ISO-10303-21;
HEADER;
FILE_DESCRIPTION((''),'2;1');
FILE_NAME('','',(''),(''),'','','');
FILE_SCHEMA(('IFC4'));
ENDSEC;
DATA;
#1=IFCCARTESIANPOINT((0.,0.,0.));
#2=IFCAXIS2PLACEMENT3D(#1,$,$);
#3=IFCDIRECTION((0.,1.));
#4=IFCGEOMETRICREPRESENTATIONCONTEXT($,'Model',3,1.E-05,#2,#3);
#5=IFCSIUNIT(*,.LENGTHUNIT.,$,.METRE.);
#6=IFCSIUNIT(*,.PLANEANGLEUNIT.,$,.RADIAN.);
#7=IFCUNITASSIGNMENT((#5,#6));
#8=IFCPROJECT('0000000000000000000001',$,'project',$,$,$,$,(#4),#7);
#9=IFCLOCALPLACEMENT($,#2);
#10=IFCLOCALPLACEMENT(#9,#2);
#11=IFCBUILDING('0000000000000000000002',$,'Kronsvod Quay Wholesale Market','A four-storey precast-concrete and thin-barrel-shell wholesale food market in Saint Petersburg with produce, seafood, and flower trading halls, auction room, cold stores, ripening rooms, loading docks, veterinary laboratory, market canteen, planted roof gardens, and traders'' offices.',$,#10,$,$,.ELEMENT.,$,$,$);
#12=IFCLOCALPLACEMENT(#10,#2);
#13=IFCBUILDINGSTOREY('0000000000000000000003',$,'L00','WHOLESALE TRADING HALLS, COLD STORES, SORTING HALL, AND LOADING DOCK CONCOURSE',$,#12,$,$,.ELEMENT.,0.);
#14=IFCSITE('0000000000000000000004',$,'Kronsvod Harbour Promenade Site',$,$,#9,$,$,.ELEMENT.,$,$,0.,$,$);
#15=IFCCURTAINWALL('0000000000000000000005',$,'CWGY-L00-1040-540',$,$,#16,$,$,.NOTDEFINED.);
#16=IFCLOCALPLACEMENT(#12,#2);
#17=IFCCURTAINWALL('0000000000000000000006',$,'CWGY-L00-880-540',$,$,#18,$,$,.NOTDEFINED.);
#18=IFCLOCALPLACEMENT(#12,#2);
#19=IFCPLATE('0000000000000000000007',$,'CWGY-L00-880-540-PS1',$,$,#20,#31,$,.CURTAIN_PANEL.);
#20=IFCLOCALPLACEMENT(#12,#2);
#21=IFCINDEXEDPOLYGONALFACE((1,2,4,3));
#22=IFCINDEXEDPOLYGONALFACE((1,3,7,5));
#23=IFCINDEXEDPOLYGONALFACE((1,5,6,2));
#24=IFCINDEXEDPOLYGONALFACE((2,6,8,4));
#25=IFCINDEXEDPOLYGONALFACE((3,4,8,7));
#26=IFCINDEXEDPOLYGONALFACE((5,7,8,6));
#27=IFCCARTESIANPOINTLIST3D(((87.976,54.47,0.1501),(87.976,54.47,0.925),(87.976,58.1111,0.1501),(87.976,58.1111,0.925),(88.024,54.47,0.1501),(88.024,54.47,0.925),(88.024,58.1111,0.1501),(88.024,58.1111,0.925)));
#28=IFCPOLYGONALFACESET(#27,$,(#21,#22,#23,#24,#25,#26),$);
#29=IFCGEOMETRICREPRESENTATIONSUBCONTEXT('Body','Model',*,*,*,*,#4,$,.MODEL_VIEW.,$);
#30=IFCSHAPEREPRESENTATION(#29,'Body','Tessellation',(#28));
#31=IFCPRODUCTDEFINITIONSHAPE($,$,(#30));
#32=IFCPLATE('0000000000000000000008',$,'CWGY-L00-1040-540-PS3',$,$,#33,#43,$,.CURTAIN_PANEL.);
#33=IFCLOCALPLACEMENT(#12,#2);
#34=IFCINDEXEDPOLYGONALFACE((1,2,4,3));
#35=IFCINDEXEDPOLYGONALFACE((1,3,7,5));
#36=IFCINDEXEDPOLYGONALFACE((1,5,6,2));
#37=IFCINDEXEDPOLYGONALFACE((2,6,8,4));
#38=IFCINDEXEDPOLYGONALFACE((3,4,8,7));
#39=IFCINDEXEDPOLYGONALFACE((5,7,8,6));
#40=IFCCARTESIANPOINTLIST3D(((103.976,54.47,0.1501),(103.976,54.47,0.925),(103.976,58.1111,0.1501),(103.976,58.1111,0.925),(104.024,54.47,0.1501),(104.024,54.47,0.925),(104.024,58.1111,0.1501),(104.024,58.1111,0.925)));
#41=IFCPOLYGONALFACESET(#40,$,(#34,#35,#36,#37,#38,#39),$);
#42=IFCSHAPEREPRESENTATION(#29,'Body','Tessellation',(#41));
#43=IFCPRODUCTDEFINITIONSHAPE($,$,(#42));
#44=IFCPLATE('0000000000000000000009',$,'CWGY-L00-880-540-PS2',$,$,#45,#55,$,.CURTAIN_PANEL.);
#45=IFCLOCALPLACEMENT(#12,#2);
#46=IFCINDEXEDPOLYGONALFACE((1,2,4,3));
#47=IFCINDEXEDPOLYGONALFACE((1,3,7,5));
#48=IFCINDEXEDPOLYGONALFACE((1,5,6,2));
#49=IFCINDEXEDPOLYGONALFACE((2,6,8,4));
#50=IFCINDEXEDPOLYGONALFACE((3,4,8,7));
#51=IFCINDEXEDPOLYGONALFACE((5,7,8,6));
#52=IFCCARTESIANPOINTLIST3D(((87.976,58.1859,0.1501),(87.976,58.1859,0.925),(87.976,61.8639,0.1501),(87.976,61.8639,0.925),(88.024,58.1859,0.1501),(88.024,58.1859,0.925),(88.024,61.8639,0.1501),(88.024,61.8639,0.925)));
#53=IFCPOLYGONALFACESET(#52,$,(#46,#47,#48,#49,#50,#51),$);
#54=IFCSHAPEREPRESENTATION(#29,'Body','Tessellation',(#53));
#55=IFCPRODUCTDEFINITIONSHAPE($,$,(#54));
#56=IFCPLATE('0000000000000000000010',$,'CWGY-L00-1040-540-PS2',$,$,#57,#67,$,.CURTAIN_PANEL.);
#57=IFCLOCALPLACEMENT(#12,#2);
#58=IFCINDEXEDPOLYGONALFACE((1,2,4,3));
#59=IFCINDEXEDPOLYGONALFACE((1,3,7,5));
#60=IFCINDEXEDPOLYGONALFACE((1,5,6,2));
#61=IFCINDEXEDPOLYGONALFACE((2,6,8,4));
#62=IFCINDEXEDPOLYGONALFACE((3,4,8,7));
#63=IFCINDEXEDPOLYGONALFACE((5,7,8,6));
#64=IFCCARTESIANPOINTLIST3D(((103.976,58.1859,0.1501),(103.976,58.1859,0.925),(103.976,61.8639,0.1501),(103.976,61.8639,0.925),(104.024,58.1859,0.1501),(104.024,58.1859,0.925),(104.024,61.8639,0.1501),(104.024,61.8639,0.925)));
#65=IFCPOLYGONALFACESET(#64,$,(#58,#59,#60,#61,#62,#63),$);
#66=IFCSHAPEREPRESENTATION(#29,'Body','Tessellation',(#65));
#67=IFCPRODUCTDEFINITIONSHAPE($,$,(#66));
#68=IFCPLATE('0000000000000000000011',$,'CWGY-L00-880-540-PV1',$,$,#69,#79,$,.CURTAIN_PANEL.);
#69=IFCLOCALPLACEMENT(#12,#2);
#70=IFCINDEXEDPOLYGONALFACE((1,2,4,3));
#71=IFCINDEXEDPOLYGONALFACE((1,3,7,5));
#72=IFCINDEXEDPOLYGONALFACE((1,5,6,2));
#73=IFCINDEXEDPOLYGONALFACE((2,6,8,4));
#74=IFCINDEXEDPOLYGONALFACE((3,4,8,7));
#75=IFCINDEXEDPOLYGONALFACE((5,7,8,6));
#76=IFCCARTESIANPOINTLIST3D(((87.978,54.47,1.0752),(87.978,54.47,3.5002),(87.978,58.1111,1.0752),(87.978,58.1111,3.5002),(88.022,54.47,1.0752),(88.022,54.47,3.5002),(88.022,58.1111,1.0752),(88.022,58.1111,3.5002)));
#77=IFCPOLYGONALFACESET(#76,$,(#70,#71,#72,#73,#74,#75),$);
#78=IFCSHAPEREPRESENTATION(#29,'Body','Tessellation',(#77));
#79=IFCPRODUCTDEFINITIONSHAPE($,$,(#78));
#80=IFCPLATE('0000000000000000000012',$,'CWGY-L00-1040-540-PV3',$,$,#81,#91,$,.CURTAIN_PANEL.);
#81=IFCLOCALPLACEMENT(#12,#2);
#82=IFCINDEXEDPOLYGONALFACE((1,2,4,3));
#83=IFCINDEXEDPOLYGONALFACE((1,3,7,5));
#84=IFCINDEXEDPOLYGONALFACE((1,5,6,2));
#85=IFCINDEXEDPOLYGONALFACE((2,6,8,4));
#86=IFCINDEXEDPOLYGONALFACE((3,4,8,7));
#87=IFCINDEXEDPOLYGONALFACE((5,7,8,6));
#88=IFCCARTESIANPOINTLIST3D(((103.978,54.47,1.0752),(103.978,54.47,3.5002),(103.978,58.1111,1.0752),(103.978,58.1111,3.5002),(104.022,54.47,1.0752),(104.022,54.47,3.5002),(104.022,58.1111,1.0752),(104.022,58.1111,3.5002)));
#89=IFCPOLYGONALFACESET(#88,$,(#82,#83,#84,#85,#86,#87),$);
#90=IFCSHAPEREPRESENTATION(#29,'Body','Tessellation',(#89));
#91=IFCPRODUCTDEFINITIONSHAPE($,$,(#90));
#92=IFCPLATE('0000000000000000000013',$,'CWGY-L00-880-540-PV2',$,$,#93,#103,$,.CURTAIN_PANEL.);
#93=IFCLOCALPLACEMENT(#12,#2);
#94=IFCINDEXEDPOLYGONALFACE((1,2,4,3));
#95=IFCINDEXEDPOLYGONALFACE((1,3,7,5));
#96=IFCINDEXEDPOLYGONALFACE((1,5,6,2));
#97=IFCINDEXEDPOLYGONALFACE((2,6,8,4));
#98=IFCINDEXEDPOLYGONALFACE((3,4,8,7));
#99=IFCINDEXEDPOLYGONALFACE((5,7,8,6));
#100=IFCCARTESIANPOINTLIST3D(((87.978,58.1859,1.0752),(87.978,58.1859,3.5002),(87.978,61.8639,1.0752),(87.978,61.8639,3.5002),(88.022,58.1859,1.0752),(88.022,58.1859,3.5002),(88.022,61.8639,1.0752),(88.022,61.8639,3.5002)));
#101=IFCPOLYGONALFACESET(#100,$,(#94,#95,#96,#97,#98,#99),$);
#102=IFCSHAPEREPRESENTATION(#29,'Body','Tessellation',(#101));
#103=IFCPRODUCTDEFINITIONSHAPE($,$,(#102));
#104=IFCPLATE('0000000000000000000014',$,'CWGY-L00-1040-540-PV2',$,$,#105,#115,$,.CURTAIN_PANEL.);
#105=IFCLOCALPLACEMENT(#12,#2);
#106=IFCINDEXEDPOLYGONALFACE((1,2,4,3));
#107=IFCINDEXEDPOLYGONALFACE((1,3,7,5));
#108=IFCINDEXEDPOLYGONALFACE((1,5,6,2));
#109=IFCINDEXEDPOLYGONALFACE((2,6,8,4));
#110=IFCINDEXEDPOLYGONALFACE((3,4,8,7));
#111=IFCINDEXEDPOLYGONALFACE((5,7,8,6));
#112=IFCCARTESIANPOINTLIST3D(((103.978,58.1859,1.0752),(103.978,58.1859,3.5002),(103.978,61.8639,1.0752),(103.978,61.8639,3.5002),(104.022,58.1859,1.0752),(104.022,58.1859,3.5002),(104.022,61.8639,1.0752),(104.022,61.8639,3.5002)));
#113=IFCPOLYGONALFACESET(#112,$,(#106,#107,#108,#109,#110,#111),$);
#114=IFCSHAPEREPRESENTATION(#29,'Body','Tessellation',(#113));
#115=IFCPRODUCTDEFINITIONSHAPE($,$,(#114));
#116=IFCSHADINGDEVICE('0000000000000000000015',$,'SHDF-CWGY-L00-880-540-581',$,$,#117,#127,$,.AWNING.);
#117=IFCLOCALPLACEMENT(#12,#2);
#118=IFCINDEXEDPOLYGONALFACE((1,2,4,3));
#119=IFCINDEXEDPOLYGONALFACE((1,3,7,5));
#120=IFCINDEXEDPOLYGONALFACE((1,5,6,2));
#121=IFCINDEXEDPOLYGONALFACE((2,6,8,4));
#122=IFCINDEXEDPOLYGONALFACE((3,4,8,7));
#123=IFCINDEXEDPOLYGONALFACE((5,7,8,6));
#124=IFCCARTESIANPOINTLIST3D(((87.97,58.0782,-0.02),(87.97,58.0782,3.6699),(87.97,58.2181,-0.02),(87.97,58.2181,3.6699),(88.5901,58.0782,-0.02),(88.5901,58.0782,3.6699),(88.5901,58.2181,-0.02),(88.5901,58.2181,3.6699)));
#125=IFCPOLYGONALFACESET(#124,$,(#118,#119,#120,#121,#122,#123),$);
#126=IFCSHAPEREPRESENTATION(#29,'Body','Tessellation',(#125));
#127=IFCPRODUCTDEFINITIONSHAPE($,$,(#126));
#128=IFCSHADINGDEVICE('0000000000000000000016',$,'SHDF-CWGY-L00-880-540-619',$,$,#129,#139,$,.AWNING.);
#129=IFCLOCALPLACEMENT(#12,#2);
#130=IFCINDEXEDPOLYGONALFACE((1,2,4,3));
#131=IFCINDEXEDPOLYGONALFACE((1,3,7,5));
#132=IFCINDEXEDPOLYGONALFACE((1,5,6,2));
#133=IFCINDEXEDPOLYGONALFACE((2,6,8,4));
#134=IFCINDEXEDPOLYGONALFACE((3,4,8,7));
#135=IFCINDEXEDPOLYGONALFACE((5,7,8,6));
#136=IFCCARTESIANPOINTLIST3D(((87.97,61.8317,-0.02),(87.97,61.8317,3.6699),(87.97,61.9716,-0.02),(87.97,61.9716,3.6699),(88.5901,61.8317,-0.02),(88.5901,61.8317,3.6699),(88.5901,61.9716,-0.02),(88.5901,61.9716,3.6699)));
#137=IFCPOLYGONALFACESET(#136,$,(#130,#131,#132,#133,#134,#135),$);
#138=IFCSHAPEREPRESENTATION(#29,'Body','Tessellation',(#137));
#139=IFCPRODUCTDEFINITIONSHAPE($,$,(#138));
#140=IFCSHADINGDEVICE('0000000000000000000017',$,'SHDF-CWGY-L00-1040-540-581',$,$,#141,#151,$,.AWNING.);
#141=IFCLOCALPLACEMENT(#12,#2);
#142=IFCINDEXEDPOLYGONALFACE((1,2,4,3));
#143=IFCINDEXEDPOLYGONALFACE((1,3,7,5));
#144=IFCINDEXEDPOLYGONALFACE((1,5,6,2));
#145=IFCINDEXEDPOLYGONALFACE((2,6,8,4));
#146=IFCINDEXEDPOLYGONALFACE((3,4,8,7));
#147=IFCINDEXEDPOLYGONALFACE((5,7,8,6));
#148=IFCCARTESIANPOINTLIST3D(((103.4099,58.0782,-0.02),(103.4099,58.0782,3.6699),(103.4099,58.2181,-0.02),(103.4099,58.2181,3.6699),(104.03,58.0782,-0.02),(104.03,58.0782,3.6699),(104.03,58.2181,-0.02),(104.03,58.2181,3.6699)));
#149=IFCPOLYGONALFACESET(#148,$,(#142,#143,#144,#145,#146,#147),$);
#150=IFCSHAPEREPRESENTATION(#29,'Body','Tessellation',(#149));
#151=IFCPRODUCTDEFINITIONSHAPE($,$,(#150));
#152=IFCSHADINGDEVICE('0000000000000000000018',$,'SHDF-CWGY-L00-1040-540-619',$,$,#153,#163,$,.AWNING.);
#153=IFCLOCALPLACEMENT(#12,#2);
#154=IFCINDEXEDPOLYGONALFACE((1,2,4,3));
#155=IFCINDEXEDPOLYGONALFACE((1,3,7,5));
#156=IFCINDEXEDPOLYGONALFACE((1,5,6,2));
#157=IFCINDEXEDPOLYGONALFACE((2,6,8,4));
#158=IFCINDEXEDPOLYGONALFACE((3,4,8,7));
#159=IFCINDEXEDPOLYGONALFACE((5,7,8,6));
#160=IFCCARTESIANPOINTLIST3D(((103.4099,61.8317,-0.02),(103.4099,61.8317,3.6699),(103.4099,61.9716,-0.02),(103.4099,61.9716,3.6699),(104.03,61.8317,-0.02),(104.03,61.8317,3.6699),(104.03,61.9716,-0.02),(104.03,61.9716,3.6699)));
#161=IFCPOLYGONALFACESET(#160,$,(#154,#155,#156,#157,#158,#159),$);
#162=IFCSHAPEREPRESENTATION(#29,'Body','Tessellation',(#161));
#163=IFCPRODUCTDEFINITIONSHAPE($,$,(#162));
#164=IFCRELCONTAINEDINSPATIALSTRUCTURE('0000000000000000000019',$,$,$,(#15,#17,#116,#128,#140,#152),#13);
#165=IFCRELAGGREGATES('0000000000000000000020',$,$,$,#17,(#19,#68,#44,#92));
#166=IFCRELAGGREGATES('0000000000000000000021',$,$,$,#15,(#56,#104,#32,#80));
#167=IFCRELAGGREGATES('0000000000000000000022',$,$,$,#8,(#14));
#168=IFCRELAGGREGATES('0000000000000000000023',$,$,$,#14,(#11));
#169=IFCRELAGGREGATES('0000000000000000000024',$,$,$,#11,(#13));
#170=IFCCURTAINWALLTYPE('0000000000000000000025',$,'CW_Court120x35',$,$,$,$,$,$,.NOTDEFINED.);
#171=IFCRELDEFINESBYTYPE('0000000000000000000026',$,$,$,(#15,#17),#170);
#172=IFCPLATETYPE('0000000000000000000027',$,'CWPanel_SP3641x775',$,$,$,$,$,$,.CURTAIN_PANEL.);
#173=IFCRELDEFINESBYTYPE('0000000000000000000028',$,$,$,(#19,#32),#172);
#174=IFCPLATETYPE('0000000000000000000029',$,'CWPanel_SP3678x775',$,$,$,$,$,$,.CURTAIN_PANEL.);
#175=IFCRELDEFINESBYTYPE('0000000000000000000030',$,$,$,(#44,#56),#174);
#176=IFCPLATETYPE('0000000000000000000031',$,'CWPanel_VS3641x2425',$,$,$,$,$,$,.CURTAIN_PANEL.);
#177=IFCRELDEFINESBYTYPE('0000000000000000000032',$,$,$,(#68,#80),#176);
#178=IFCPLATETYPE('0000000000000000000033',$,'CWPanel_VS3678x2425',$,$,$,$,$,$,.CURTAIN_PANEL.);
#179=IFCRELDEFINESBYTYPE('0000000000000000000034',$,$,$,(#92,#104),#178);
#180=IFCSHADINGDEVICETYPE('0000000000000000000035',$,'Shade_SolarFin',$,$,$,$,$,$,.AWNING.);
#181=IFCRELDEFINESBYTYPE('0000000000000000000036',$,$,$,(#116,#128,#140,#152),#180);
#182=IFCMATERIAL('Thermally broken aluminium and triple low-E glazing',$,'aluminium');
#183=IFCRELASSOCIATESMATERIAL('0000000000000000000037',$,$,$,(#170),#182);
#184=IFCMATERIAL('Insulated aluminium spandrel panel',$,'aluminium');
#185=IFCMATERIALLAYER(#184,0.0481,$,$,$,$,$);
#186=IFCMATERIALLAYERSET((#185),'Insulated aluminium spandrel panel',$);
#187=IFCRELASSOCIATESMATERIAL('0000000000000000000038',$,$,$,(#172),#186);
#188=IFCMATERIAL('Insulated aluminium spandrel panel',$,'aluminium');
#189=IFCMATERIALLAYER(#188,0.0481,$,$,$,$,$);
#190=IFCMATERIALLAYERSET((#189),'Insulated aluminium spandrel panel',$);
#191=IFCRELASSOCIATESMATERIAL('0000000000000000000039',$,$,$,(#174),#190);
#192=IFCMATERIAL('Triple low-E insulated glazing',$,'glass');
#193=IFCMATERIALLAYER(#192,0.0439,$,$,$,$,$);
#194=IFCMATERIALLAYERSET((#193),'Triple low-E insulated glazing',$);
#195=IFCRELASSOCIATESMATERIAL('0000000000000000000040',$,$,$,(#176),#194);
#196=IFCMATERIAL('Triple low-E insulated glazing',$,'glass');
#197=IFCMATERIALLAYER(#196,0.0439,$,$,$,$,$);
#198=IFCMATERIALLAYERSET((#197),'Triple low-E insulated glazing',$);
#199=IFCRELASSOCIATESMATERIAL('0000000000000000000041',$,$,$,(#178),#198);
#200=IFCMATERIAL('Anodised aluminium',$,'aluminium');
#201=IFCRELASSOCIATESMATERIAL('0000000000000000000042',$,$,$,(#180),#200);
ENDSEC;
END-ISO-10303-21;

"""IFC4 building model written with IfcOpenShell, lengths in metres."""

from ifc_helpers import new_model, si_unit, direction, frame, origin, origin_2d, place, context, subcontext, project, spatial, rectangle, extrude, material, layer, layer_set, type_object, element, aggregate, save


model = new_model("IFC4")

# Units and contexts
model_context = context("Model", 3, precision=1e-05, world=origin(), true_north=direction((0.0, 1.0)))
body_context = subcontext(model_context, "Body", "Model", "MODEL_VIEW")
ifc_project = project(units=[si_unit("LENGTHUNIT", "METRE"), si_unit("PLANEANGLEUNIT", "RADIAN")], contexts=[model_context])

# Site, building, storey
site_placement = place(None, origin())
site = spatial("IfcSite", under=ifc_project, at=site_placement, Name="Kronsvod Harbour Promenade Site", CompositionType="ELEMENT", RefElevation=0.0)
building_placement = place(site_placement, origin())
building = spatial("IfcBuilding", under=site, at=building_placement, Name="Kronsvod Quay Wholesale Market", Description="A four-storey precast-concrete and thin-barrel-shell wholesale food market in Saint Petersburg with produce, seafood, and flower trading halls, auction room, cold stores, ripening rooms, loading docks, veterinary laboratory, market canteen, planted roof gardens, and traders' offices.", CompositionType="ELEMENT")
storey_placement = place(building_placement, origin())
storey = spatial("IfcBuildingStorey", under=building, at=storey_placement, Name="L00", Description="WHOLESALE TRADING HALLS, COLD STORES, SORTING HALL, AND LOADING DOCK CONCOURSE", CompositionType="ELEMENT", Elevation=0.0)

# Curtain walls
ifc_material_1 = material(Name="Thermally broken aluminium and triple low-E glazing", Category="aluminium")
curtain_wall_type = type_object("IfcCurtainWallType", Name="CW_Court120x35", PredefinedType="NOTDEFINED", material=ifc_material_1)
curtain_wall_1_placement = place(storey_placement, origin())
curtain_wall_1 = element("IfcCurtainWall", 1, at=curtain_wall_1_placement, inside=storey, type_object=curtain_wall_type, Name="CWGY-L00-1040-540", PredefinedType="NOTDEFINED")
curtain_wall_2_placement = place(storey_placement, origin())
curtain_wall_2 = element("IfcCurtainWall", 2, at=curtain_wall_2_placement, inside=storey, type_object=curtain_wall_type, Name="CWGY-L00-880-540", PredefinedType="NOTDEFINED")

# Plates
ifc_material_2 = material(Name="Insulated aluminium spandrel panel", Category="aluminium")
ifc_layer_1 = layer(ifc_material_2, 0.0481)
ifc_layer_set_1 = layer_set([ifc_layer_1], Name="Insulated aluminium spandrel panel")
plate_type_1 = type_object("IfcPlateType", Name="CWPanel_SP3641x775", PredefinedType="CURTAIN_PANEL", material=ifc_layer_set_1)
plate_1_placement = place(storey_placement, frame((88.0, 56.2905, 0.1501), z_axis=(0.0, 0.0, 1.0), x_axis=(0.0, 1.0, 0.0)))
plate_1 = element("IfcPlate", 3, at=plate_1_placement, type_object=plate_type_1, Name="CWGY-L00-880-540-PS1", PredefinedType="CURTAIN_PANEL", context=body_context, shape_type="SweptSolid", body=[
    extrude(rectangle(XDim=3.6411, YDim=0.0481, at=origin_2d()), origin(), (0.0, 0.0, 1.0), 0.7749),
])
plate_2_placement = place(storey_placement, frame((104.0, 56.2905, 0.1501), z_axis=(0.0, 0.0, 1.0), x_axis=(0.0, -1.0, 0.0)))
plate_2 = element("IfcPlate", 4, at=plate_2_placement, type_object=plate_type_1, Name="CWGY-L00-1040-540-PS3", PredefinedType="CURTAIN_PANEL", context=body_context, shape_type="SweptSolid", body=[
    extrude(rectangle(XDim=3.6411, YDim=0.0481, at=origin_2d()), origin(), (0.0, 0.0, 1.0), 0.7749),
])
ifc_material_3 = material(Name="Insulated aluminium spandrel panel", Category="aluminium")
ifc_layer_2 = layer(ifc_material_3, 0.0481)
ifc_layer_set_2 = layer_set([ifc_layer_2], Name="Insulated aluminium spandrel panel")
plate_type_2 = type_object("IfcPlateType", Name="CWPanel_SP3678x775", PredefinedType="CURTAIN_PANEL", material=ifc_layer_set_2)
plate_3_placement = place(storey_placement, frame((88.0, 60.0249, 0.1501), z_axis=(0.0, 0.0, 1.0), x_axis=(0.0, 1.0, 0.0)))
plate_3 = element("IfcPlate", 5, at=plate_3_placement, type_object=plate_type_2, Name="CWGY-L00-880-540-PS2", PredefinedType="CURTAIN_PANEL", context=body_context, shape_type="SweptSolid", body=[
    extrude(rectangle(XDim=3.678, YDim=0.0481, at=origin_2d()), origin(), (0.0, 0.0, 1.0), 0.7749),
])
plate_4_placement = place(storey_placement, frame((104.0, 60.0249, 0.1501), z_axis=(0.0, 0.0, 1.0), x_axis=(0.0, -1.0, 0.0)))
plate_4 = element("IfcPlate", 6, at=plate_4_placement, type_object=plate_type_2, Name="CWGY-L00-1040-540-PS2", PredefinedType="CURTAIN_PANEL", context=body_context, shape_type="SweptSolid", body=[
    extrude(rectangle(XDim=3.678, YDim=0.0481, at=origin_2d()), origin(), (0.0, 0.0, 1.0), 0.7749),
])
ifc_material_4 = material(Name="Triple low-E insulated glazing", Category="glass")
ifc_layer_3 = layer(ifc_material_4, 0.0439)
ifc_layer_set_3 = layer_set([ifc_layer_3], Name="Triple low-E insulated glazing")
plate_type_3 = type_object("IfcPlateType", Name="CWPanel_VS3641x2425", PredefinedType="CURTAIN_PANEL", material=ifc_layer_set_3)
plate_5_placement = place(storey_placement, frame((88.0, 56.2905, 1.0752), z_axis=(0.0, 0.0, 1.0), x_axis=(0.0, 1.0, 0.0)))
plate_5 = element("IfcPlate", 7, at=plate_5_placement, type_object=plate_type_3, Name="CWGY-L00-880-540-PV1", PredefinedType="CURTAIN_PANEL", context=body_context, shape_type="SweptSolid", body=[
    extrude(rectangle(XDim=3.6411, YDim=0.0439, at=origin_2d()), origin(), (0.0, 0.0, 1.0), 2.425),
])
plate_6_placement = place(storey_placement, frame((104.0, 56.2905, 1.0752), z_axis=(0.0, 0.0, 1.0), x_axis=(0.0, -1.0, 0.0)))
plate_6 = element("IfcPlate", 8, at=plate_6_placement, type_object=plate_type_3, Name="CWGY-L00-1040-540-PV3", PredefinedType="CURTAIN_PANEL", context=body_context, shape_type="SweptSolid", body=[
    extrude(rectangle(XDim=3.6411, YDim=0.0439, at=origin_2d()), origin(), (0.0, 0.0, 1.0), 2.425),
])
ifc_material_5 = material(Name="Triple low-E insulated glazing", Category="glass")
ifc_layer_4 = layer(ifc_material_5, 0.0439)
ifc_layer_set_4 = layer_set([ifc_layer_4], Name="Triple low-E insulated glazing")
plate_type_4 = type_object("IfcPlateType", Name="CWPanel_VS3678x2425", PredefinedType="CURTAIN_PANEL", material=ifc_layer_set_4)
plate_7_placement = place(storey_placement, frame((88.0, 60.0249, 1.0752), z_axis=(0.0, 0.0, 1.0), x_axis=(0.0, 1.0, 0.0)))
plate_7 = element("IfcPlate", 9, at=plate_7_placement, type_object=plate_type_4, Name="CWGY-L00-880-540-PV2", PredefinedType="CURTAIN_PANEL", context=body_context, shape_type="SweptSolid", body=[
    extrude(rectangle(XDim=3.678, YDim=0.0439, at=origin_2d()), origin(), (0.0, 0.0, 1.0), 2.425),
])
aggregate(curtain_wall_2, [plate_1, plate_5, plate_3, plate_7])
plate_8_placement = place(storey_placement, frame((104.0, 60.0249, 1.0752), z_axis=(0.0, 0.0, 1.0), x_axis=(0.0, -1.0, 0.0)))
plate_8 = element("IfcPlate", 10, at=plate_8_placement, type_object=plate_type_4, Name="CWGY-L00-1040-540-PV2", PredefinedType="CURTAIN_PANEL", context=body_context, shape_type="SweptSolid", body=[
    extrude(rectangle(XDim=3.678, YDim=0.0439, at=origin_2d()), origin(), (0.0, 0.0, 1.0), 2.425),
])
aggregate(curtain_wall_1, [plate_4, plate_8, plate_2, plate_6])

# Shading devices
ifc_material_6 = material(Name="Anodised aluminium", Category="aluminium")
shading_device_type = type_object("IfcShadingDeviceType", Name="Shade_SolarFin", PredefinedType="AWNING", material=ifc_material_6)
for number, where, z_axis, x_axis, name in (
    (11, (88.28, 58.1482, -0.02), (0.0, 0.0, 1.0), (1.0, 0.0, 0.0), "SHDF-CWGY-L00-880-540-581"),
    (12, (88.28, 61.9016, -0.02), (0.0, 0.0, 1.0), (1.0, 0.0, 0.0), "SHDF-CWGY-L00-880-540-619"),
    (13, (103.72, 58.1482, -0.02), (0.0, 0.0, 1.0), (1.0, 0.0, 0.0), "SHDF-CWGY-L00-1040-540-581"),
    (14, (103.72, 61.9016, -0.02), (0.0, 0.0, 1.0), (1.0, 0.0, 0.0), "SHDF-CWGY-L00-1040-540-619"),
):
    element("IfcShadingDevice", number, at=place(storey_placement, frame(where, z_axis=z_axis, x_axis=x_axis)), inside=storey, type_object=shading_device_type, Name=name, PredefinedType="AWNING", context=body_context, shape_type="SweptSolid", body=[
        extrude(rectangle(XDim=0.6201, YDim=0.1399, at=origin_2d()), origin(), (0.0, 0.0, 1.0), 3.6899),
    ])

save(model, "model.ifc")
